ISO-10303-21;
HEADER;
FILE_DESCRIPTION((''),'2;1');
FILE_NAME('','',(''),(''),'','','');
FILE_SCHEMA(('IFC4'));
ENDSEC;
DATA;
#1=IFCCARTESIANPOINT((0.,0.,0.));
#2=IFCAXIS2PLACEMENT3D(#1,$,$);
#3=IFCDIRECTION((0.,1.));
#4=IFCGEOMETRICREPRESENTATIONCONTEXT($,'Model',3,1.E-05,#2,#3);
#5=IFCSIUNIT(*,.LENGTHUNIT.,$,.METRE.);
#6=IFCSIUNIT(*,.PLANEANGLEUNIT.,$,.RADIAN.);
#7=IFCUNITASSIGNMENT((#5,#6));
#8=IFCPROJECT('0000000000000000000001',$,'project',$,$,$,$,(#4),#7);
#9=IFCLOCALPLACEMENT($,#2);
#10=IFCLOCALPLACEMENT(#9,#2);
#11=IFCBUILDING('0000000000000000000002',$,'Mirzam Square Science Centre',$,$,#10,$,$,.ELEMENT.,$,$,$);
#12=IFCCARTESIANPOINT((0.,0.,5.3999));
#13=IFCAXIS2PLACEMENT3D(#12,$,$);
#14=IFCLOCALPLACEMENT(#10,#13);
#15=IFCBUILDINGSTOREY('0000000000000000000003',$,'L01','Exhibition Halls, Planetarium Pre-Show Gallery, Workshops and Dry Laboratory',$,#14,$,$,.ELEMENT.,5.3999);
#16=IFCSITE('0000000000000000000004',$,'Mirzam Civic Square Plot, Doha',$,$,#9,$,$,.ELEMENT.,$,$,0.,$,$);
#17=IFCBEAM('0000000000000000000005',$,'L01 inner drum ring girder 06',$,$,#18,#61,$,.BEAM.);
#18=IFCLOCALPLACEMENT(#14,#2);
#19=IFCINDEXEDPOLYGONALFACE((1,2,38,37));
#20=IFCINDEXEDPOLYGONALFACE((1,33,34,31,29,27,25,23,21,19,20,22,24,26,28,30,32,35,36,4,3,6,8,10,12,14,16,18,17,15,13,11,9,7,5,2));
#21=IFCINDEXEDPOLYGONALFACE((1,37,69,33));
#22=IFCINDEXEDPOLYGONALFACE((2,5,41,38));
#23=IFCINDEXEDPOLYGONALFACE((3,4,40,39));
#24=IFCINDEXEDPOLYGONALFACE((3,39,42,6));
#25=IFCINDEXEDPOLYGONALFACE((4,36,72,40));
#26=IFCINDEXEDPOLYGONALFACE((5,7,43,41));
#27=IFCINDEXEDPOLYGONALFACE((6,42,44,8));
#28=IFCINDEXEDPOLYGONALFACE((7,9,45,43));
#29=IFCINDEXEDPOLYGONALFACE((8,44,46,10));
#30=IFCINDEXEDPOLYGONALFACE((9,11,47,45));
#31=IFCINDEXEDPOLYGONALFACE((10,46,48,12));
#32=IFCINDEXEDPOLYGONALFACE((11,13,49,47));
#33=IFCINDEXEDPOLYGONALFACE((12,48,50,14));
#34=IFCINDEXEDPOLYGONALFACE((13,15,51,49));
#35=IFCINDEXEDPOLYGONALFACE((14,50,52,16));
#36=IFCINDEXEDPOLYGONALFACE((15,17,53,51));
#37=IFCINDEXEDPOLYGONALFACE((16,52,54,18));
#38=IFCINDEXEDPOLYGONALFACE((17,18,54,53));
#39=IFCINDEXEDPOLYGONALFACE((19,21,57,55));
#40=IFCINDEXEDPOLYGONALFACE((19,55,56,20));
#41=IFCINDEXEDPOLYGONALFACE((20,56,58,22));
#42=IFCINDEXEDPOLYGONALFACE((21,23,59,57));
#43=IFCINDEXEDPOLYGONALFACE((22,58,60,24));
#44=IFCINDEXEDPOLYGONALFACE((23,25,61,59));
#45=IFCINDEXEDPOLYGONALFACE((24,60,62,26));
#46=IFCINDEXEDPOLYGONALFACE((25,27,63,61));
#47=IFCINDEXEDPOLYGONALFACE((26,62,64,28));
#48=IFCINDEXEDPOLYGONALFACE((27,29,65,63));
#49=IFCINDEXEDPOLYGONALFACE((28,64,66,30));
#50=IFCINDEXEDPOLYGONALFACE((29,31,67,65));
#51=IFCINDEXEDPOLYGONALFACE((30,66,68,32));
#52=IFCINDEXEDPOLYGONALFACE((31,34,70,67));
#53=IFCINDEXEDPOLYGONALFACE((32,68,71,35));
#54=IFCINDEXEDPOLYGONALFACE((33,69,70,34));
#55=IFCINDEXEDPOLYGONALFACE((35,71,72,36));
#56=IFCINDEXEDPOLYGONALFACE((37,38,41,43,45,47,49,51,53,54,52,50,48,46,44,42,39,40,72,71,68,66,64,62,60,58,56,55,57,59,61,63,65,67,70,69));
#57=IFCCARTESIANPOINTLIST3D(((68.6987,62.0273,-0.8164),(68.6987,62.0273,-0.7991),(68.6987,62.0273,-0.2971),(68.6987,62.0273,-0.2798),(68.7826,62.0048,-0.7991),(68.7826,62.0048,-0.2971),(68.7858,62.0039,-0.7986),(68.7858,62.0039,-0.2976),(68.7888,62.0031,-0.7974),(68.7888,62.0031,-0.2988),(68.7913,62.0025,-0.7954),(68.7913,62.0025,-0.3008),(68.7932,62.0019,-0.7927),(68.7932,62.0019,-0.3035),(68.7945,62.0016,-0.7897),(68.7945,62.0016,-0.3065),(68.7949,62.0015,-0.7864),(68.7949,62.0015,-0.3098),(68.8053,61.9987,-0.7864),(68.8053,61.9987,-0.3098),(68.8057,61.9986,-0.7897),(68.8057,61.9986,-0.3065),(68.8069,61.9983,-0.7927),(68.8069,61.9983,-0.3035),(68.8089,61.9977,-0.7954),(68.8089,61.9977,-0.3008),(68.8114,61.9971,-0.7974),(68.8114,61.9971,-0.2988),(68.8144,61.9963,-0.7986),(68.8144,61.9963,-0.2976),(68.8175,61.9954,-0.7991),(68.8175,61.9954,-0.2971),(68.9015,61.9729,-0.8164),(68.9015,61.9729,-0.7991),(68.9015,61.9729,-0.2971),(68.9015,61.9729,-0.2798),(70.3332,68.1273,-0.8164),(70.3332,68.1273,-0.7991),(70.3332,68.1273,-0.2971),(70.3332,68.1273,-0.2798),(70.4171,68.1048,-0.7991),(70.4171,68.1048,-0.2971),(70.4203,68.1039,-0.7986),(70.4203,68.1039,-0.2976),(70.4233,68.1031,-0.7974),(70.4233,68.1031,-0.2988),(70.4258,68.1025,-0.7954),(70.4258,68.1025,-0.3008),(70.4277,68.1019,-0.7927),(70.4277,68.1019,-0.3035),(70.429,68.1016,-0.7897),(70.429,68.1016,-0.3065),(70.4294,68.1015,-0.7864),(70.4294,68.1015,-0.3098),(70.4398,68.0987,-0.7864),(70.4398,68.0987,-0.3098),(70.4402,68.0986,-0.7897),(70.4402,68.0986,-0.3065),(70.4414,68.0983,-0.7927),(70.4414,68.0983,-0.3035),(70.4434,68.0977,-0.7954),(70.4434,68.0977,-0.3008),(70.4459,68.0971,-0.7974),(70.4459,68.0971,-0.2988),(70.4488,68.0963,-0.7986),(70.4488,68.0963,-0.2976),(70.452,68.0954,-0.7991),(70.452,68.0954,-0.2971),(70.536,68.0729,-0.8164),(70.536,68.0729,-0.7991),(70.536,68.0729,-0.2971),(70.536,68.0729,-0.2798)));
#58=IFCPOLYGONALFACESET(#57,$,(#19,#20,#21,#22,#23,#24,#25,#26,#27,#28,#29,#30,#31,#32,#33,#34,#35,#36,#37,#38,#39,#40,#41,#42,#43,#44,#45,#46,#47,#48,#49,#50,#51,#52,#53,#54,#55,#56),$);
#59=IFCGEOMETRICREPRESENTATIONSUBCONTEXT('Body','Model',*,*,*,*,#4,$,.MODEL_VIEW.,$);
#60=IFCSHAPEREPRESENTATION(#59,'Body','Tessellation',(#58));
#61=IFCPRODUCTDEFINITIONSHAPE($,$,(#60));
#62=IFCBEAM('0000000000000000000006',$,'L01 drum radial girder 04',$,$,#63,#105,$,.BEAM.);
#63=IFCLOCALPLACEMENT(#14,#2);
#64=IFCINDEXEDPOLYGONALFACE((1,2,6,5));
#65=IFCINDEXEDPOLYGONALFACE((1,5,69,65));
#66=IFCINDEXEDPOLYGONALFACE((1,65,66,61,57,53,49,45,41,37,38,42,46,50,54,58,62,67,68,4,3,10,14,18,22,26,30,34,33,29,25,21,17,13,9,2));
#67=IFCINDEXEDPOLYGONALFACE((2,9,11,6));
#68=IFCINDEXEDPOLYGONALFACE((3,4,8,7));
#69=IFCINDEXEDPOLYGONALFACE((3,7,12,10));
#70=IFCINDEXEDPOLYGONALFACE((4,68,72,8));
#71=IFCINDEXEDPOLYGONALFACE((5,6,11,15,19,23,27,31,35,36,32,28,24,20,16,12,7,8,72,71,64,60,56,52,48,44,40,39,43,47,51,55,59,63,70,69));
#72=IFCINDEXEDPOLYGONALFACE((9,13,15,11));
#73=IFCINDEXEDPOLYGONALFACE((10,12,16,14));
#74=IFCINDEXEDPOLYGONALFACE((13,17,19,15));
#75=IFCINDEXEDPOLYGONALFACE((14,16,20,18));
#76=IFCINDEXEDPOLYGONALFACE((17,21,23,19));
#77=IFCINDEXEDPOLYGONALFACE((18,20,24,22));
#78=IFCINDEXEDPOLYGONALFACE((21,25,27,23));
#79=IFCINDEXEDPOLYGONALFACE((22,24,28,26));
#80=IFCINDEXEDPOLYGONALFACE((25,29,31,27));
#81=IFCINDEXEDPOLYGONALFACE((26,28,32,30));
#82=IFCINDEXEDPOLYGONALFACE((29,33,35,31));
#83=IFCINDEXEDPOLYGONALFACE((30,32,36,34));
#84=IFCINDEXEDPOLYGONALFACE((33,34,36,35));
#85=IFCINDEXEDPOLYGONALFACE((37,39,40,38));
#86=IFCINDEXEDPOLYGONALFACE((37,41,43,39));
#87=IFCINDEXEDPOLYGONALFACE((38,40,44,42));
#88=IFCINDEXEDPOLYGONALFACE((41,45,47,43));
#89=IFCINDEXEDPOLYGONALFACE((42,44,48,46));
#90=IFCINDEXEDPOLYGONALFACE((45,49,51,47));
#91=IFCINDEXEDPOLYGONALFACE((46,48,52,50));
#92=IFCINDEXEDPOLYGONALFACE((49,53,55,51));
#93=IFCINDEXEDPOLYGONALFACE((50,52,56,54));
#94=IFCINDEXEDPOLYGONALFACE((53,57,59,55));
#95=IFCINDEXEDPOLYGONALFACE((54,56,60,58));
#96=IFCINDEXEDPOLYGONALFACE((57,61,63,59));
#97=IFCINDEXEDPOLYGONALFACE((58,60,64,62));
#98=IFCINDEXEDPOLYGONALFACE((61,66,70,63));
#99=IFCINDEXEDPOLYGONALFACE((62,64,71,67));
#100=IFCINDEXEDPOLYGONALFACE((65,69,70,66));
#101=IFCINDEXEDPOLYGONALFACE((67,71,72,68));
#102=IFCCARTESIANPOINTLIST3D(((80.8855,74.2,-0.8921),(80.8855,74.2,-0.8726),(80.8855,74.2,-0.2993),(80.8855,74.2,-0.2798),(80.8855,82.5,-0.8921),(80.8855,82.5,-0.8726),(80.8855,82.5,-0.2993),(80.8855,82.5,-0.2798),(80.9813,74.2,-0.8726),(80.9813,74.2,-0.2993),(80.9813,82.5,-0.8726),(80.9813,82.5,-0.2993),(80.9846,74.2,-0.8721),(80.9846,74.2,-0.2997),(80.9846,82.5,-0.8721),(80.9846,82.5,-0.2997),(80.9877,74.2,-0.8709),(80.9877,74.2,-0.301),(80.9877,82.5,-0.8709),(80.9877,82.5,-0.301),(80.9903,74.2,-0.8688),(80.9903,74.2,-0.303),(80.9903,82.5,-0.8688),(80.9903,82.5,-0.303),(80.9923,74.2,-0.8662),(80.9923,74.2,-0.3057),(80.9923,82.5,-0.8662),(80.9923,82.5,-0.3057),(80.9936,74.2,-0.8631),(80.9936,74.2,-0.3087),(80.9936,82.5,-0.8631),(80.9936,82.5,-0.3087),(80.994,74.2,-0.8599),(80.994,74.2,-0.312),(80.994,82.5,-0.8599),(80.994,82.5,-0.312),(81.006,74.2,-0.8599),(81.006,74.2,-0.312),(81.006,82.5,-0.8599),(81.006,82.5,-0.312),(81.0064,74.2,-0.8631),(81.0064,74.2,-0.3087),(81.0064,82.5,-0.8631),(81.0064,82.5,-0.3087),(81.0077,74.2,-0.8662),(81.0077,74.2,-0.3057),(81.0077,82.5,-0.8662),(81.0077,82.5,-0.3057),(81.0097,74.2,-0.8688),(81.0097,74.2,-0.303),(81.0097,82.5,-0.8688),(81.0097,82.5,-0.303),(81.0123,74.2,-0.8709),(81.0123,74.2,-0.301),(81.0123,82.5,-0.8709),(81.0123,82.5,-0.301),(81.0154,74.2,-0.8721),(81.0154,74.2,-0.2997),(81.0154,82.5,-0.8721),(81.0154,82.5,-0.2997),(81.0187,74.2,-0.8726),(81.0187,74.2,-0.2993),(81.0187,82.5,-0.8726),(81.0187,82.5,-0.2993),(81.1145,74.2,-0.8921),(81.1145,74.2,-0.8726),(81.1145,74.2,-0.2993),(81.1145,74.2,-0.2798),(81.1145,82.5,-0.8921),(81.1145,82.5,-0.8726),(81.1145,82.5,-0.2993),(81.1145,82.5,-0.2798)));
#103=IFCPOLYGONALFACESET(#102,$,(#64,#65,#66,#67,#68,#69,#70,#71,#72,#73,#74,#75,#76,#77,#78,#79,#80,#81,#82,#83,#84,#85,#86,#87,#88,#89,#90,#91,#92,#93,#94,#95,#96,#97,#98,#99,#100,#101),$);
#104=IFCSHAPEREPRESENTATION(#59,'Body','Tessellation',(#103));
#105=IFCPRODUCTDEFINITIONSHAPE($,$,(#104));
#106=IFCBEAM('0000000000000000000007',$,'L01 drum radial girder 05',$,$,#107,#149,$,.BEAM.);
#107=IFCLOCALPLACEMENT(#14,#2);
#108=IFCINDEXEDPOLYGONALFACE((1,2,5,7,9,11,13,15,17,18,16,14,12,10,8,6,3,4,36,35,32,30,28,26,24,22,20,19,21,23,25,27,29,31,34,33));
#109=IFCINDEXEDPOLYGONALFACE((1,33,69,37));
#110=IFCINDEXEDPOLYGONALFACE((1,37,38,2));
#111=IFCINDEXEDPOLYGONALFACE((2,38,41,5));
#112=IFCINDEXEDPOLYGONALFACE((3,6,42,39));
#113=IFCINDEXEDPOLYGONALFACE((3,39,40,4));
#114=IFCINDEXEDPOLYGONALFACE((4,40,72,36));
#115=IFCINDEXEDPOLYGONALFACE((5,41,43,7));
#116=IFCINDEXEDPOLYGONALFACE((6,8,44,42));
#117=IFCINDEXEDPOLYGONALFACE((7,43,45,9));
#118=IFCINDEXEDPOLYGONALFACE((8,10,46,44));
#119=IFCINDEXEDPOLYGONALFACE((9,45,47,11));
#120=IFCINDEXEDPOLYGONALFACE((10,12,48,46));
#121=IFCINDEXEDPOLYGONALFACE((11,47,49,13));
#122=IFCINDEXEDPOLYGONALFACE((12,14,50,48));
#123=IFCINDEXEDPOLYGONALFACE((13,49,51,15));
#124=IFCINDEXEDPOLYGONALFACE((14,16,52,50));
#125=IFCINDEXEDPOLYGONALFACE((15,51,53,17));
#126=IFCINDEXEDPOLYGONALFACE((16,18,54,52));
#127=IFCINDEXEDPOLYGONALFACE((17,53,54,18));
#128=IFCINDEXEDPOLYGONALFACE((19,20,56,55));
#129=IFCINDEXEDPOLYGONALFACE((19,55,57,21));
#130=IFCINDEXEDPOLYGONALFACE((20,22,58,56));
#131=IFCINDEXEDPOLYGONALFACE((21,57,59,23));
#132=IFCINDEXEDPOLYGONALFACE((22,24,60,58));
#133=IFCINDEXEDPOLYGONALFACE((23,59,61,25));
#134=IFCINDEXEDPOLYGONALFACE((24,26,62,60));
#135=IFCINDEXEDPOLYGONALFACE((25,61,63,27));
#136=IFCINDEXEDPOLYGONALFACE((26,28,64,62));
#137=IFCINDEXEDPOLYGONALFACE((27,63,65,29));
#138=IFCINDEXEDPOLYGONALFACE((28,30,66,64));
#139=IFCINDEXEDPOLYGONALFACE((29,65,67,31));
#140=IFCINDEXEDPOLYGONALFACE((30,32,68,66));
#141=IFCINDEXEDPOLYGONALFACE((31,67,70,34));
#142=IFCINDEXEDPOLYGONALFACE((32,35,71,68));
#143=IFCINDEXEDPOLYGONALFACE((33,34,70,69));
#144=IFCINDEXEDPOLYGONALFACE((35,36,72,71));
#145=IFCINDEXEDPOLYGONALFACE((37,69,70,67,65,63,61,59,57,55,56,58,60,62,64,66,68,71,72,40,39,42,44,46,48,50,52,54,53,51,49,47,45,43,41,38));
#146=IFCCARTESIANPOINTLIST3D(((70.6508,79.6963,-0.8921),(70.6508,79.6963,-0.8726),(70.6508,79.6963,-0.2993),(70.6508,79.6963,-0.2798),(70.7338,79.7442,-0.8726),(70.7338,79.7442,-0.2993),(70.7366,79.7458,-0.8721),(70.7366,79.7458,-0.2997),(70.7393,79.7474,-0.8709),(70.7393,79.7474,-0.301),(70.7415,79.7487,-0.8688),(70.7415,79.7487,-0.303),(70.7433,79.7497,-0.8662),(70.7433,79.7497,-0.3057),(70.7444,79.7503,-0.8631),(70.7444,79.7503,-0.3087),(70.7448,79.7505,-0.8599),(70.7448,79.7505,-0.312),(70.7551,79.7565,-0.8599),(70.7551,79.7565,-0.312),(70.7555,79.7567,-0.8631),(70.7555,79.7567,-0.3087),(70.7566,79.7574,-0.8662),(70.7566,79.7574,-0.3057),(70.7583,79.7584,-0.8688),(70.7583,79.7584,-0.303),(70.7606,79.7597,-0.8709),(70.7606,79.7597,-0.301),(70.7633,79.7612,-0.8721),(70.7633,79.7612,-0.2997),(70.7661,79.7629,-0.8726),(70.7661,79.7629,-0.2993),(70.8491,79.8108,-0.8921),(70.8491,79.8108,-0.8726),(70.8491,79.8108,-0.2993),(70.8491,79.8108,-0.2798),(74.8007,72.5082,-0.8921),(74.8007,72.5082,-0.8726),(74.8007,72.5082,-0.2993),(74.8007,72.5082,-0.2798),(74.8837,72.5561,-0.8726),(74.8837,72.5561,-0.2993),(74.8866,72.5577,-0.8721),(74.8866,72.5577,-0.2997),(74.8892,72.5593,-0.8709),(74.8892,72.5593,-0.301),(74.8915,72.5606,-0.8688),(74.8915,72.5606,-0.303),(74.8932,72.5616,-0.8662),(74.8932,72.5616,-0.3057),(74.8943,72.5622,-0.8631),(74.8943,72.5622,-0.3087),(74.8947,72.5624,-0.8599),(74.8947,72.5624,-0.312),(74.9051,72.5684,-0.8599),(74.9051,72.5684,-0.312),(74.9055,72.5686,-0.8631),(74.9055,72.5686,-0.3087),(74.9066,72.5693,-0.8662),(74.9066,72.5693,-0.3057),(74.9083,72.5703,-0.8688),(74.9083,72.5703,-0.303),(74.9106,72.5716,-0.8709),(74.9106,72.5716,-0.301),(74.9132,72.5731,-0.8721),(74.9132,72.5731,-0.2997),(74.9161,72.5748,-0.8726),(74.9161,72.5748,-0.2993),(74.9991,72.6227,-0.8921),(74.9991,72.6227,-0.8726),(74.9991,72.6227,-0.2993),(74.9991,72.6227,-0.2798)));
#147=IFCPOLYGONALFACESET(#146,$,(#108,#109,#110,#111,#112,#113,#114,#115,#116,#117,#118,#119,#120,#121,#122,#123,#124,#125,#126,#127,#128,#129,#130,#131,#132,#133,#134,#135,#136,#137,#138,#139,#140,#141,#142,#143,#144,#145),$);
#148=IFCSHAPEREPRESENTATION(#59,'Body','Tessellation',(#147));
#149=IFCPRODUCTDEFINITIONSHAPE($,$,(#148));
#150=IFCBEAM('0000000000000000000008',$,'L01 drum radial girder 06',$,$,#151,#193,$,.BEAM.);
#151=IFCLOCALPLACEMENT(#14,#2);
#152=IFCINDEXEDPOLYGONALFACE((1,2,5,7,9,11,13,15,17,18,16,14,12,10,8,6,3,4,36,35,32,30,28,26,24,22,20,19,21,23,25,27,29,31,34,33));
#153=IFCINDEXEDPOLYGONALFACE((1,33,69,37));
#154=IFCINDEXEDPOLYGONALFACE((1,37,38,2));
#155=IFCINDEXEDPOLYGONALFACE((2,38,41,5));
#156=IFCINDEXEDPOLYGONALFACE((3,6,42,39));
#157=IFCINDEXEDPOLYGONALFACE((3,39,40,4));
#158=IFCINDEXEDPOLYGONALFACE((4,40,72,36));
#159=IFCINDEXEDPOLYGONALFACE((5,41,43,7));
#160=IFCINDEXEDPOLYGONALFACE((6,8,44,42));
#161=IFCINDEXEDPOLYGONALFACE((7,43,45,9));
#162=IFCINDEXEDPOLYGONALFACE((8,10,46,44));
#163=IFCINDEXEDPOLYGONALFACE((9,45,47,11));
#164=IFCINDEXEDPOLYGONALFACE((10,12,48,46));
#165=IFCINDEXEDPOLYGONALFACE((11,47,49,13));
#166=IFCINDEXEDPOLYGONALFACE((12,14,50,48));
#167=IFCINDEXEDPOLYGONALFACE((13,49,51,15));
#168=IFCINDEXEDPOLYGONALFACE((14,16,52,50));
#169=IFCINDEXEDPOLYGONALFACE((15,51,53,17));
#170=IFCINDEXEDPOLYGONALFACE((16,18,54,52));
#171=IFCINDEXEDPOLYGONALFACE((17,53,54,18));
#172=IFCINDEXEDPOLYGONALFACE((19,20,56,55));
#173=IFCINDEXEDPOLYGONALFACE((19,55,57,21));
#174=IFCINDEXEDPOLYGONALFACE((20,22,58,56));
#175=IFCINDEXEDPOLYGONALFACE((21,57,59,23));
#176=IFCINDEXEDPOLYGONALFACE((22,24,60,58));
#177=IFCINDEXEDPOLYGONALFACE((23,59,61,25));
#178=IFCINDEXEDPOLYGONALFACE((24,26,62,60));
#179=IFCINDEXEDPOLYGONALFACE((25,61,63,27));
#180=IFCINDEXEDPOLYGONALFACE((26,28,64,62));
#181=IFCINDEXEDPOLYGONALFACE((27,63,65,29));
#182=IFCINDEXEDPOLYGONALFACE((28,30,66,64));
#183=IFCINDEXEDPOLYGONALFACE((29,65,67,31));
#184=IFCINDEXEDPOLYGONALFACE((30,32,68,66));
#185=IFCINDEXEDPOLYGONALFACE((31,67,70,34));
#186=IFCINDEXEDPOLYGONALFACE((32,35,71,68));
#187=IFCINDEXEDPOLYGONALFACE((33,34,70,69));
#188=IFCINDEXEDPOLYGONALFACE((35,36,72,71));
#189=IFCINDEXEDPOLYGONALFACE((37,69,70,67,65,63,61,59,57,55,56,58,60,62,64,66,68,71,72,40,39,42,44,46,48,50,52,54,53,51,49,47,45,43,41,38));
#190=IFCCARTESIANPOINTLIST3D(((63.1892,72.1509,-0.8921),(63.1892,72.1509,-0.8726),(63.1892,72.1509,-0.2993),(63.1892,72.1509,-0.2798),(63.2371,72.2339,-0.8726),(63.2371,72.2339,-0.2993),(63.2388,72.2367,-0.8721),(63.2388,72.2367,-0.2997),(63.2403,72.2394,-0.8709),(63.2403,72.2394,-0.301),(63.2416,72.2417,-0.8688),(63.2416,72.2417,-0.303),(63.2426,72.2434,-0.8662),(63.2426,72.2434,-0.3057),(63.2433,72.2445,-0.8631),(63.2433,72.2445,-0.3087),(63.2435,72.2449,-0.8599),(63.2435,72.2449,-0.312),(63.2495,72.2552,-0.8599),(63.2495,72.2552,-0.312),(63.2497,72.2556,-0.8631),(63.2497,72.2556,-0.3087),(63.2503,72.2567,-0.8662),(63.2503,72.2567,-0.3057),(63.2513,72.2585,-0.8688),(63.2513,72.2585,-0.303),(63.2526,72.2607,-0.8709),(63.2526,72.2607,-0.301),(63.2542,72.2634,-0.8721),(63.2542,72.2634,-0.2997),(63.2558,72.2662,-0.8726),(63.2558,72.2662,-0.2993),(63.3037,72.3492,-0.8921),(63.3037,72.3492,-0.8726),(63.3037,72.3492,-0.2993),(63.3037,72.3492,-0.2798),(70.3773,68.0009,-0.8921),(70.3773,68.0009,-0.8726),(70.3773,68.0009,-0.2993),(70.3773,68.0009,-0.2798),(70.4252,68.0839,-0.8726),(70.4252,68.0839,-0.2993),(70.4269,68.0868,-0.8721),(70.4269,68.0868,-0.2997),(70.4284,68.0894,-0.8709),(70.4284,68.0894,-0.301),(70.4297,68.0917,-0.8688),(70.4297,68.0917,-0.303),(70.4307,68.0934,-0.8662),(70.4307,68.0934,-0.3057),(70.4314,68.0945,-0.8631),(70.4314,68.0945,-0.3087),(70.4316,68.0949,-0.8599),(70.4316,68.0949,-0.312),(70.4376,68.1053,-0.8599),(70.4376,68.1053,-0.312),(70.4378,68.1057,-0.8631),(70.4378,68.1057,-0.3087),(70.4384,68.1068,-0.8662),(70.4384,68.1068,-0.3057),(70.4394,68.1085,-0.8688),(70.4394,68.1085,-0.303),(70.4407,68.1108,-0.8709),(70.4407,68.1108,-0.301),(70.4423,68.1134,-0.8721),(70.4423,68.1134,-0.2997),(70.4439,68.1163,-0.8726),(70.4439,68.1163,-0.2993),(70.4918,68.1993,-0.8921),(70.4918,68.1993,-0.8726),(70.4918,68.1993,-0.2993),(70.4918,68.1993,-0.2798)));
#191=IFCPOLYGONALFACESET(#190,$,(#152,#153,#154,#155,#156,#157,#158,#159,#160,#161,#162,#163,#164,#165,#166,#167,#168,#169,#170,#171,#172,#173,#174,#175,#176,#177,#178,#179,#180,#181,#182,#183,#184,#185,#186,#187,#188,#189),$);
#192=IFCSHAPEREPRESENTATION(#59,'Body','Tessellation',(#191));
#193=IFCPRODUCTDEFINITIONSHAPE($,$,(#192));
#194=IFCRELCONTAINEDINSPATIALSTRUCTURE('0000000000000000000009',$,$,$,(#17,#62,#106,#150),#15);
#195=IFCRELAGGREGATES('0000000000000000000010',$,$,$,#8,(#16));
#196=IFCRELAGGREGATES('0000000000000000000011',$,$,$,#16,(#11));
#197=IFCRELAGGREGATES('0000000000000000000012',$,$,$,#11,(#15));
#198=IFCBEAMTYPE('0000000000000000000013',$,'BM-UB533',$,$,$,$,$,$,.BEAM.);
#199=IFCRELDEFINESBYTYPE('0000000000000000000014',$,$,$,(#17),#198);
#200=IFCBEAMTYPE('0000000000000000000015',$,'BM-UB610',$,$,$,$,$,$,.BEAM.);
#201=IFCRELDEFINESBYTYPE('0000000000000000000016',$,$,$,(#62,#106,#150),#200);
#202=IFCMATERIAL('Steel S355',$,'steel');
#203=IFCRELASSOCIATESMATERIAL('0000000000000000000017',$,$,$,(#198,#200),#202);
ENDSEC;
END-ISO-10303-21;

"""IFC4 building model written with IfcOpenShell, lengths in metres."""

from ifc_helpers import new_model, si_unit, direction, frame, origin, origin_2d, place, context, subcontext, project, spatial, i_section, extrude, material, material_profile, profile_set, type_object, element, save


model = new_model("IFC4")

# Units and contexts
model_context = context("Model", 3, precision=1e-05, world=origin(), true_north=direction((0.0, 1.0)))
body_context = subcontext(model_context, "Body", "Model", "MODEL_VIEW")
ifc_project = project(units=[si_unit("LENGTHUNIT", "METRE"), si_unit("PLANEANGLEUNIT", "RADIAN")], contexts=[model_context])

# Site, building, storey
site_placement = place(None, origin())
site = spatial("IfcSite", under=ifc_project, at=site_placement, Name="Mirzam Civic Square Plot, Doha", CompositionType="ELEMENT", RefElevation=0.0)
building_placement = place(site_placement, origin())
building = spatial("IfcBuilding", under=site, at=building_placement, Name="Mirzam Square Science Centre", CompositionType="ELEMENT")
storey_placement = place(building_placement, frame((0.0, 0.0, 5.3999)))
storey = spatial("IfcBuildingStorey", under=building, at=storey_placement, Name="L01", Description="Exhibition Halls, Planetarium Pre-Show Gallery, Workshops and Dry Laboratory", CompositionType="ELEMENT", Elevation=5.3999)

# Shared definitions
ifc_material_1 = material(Name="Steel S355", Category="steel")

# Beams
ifc_material_profile_1 = material_profile(ifc_material_1, i_section(OverallWidth=0.21, OverallDepth=0.5366, WebThickness=0.0107, FlangeThickness=0.0173, FilletRadius=0.0127, at=origin_2d()), Name="533x210x101UB")
ifc_profile_set_1 = profile_set([ifc_material_profile_1], Name="Steel S355")
beam_type_1 = type_object("IfcBeamType", Name="BM-UB533", PredefinedType="BEAM", material=ifc_profile_set_1)
beam_1_placement = place(storey_placement, frame((70.4346, 68.1001, -0.5481), z_axis=(-0.25882, -0.965926, 0.0), x_axis=(0.965926, -0.25882, 0.0)))
element("IfcBeam", 1, at=beam_1_placement, inside=storey, type_object=beam_type_1, Name="L01 inner drum ring girder 06", PredefinedType="BEAM", context=body_context, shape_type="SweptSolid", body=[
    extrude(i_section(OverallWidth=0.21, OverallDepth=0.5366, WebThickness=0.0107, FlangeThickness=0.0173, FilletRadius=0.0127, at=origin_2d()), origin(), (0.0, 0.0, 1.0), 6.3152),
])
ifc_material_profile_2 = material_profile(ifc_material_1, i_section(OverallWidth=0.229, OverallDepth=0.6123, WebThickness=0.012, FlangeThickness=0.0195, FilletRadius=0.0127, at=origin_2d()), Name="610x229x125UB")
ifc_profile_set_2 = profile_set([ifc_material_profile_2], Name="Steel S355")
beam_type_2 = type_object("IfcBeamType", Name="BM-UB610", PredefinedType="BEAM", material=ifc_profile_set_2)
for number, where, z_axis, x_axis, name in (
    (2, (81.0, 74.2, -0.5859), (0.0, 1.0, 0.0), (-1.0, 0.0, 0.0), "L01 drum radial girder 04"),
    (3, (74.8999, 72.5654, -0.5859), (-0.499992, 0.86603, 0.0), (-0.86603, -0.499992, 0.0), "L01 drum radial girder 05"),
    (4, (70.4346, 68.1001, -0.5859), (-0.86603, 0.499992, 0.0), (-0.499992, -0.86603, 0.0), "L01 drum radial girder 06"),
):
    element("IfcBeam", number, at=place(storey_placement, frame(where, z_axis=z_axis, x_axis=x_axis)), inside=storey, type_object=beam_type_2, Name=name, PredefinedType="BEAM", context=body_context, shape_type="SweptSolid", body=[
        extrude(i_section(OverallWidth=0.229, OverallDepth=0.6123, WebThickness=0.012, FlangeThickness=0.0195, FilletRadius=0.0127, at=origin_2d()), origin(), (0.0, 0.0, 1.0), 8.3),
    ])

save(model, "model.ifc")
